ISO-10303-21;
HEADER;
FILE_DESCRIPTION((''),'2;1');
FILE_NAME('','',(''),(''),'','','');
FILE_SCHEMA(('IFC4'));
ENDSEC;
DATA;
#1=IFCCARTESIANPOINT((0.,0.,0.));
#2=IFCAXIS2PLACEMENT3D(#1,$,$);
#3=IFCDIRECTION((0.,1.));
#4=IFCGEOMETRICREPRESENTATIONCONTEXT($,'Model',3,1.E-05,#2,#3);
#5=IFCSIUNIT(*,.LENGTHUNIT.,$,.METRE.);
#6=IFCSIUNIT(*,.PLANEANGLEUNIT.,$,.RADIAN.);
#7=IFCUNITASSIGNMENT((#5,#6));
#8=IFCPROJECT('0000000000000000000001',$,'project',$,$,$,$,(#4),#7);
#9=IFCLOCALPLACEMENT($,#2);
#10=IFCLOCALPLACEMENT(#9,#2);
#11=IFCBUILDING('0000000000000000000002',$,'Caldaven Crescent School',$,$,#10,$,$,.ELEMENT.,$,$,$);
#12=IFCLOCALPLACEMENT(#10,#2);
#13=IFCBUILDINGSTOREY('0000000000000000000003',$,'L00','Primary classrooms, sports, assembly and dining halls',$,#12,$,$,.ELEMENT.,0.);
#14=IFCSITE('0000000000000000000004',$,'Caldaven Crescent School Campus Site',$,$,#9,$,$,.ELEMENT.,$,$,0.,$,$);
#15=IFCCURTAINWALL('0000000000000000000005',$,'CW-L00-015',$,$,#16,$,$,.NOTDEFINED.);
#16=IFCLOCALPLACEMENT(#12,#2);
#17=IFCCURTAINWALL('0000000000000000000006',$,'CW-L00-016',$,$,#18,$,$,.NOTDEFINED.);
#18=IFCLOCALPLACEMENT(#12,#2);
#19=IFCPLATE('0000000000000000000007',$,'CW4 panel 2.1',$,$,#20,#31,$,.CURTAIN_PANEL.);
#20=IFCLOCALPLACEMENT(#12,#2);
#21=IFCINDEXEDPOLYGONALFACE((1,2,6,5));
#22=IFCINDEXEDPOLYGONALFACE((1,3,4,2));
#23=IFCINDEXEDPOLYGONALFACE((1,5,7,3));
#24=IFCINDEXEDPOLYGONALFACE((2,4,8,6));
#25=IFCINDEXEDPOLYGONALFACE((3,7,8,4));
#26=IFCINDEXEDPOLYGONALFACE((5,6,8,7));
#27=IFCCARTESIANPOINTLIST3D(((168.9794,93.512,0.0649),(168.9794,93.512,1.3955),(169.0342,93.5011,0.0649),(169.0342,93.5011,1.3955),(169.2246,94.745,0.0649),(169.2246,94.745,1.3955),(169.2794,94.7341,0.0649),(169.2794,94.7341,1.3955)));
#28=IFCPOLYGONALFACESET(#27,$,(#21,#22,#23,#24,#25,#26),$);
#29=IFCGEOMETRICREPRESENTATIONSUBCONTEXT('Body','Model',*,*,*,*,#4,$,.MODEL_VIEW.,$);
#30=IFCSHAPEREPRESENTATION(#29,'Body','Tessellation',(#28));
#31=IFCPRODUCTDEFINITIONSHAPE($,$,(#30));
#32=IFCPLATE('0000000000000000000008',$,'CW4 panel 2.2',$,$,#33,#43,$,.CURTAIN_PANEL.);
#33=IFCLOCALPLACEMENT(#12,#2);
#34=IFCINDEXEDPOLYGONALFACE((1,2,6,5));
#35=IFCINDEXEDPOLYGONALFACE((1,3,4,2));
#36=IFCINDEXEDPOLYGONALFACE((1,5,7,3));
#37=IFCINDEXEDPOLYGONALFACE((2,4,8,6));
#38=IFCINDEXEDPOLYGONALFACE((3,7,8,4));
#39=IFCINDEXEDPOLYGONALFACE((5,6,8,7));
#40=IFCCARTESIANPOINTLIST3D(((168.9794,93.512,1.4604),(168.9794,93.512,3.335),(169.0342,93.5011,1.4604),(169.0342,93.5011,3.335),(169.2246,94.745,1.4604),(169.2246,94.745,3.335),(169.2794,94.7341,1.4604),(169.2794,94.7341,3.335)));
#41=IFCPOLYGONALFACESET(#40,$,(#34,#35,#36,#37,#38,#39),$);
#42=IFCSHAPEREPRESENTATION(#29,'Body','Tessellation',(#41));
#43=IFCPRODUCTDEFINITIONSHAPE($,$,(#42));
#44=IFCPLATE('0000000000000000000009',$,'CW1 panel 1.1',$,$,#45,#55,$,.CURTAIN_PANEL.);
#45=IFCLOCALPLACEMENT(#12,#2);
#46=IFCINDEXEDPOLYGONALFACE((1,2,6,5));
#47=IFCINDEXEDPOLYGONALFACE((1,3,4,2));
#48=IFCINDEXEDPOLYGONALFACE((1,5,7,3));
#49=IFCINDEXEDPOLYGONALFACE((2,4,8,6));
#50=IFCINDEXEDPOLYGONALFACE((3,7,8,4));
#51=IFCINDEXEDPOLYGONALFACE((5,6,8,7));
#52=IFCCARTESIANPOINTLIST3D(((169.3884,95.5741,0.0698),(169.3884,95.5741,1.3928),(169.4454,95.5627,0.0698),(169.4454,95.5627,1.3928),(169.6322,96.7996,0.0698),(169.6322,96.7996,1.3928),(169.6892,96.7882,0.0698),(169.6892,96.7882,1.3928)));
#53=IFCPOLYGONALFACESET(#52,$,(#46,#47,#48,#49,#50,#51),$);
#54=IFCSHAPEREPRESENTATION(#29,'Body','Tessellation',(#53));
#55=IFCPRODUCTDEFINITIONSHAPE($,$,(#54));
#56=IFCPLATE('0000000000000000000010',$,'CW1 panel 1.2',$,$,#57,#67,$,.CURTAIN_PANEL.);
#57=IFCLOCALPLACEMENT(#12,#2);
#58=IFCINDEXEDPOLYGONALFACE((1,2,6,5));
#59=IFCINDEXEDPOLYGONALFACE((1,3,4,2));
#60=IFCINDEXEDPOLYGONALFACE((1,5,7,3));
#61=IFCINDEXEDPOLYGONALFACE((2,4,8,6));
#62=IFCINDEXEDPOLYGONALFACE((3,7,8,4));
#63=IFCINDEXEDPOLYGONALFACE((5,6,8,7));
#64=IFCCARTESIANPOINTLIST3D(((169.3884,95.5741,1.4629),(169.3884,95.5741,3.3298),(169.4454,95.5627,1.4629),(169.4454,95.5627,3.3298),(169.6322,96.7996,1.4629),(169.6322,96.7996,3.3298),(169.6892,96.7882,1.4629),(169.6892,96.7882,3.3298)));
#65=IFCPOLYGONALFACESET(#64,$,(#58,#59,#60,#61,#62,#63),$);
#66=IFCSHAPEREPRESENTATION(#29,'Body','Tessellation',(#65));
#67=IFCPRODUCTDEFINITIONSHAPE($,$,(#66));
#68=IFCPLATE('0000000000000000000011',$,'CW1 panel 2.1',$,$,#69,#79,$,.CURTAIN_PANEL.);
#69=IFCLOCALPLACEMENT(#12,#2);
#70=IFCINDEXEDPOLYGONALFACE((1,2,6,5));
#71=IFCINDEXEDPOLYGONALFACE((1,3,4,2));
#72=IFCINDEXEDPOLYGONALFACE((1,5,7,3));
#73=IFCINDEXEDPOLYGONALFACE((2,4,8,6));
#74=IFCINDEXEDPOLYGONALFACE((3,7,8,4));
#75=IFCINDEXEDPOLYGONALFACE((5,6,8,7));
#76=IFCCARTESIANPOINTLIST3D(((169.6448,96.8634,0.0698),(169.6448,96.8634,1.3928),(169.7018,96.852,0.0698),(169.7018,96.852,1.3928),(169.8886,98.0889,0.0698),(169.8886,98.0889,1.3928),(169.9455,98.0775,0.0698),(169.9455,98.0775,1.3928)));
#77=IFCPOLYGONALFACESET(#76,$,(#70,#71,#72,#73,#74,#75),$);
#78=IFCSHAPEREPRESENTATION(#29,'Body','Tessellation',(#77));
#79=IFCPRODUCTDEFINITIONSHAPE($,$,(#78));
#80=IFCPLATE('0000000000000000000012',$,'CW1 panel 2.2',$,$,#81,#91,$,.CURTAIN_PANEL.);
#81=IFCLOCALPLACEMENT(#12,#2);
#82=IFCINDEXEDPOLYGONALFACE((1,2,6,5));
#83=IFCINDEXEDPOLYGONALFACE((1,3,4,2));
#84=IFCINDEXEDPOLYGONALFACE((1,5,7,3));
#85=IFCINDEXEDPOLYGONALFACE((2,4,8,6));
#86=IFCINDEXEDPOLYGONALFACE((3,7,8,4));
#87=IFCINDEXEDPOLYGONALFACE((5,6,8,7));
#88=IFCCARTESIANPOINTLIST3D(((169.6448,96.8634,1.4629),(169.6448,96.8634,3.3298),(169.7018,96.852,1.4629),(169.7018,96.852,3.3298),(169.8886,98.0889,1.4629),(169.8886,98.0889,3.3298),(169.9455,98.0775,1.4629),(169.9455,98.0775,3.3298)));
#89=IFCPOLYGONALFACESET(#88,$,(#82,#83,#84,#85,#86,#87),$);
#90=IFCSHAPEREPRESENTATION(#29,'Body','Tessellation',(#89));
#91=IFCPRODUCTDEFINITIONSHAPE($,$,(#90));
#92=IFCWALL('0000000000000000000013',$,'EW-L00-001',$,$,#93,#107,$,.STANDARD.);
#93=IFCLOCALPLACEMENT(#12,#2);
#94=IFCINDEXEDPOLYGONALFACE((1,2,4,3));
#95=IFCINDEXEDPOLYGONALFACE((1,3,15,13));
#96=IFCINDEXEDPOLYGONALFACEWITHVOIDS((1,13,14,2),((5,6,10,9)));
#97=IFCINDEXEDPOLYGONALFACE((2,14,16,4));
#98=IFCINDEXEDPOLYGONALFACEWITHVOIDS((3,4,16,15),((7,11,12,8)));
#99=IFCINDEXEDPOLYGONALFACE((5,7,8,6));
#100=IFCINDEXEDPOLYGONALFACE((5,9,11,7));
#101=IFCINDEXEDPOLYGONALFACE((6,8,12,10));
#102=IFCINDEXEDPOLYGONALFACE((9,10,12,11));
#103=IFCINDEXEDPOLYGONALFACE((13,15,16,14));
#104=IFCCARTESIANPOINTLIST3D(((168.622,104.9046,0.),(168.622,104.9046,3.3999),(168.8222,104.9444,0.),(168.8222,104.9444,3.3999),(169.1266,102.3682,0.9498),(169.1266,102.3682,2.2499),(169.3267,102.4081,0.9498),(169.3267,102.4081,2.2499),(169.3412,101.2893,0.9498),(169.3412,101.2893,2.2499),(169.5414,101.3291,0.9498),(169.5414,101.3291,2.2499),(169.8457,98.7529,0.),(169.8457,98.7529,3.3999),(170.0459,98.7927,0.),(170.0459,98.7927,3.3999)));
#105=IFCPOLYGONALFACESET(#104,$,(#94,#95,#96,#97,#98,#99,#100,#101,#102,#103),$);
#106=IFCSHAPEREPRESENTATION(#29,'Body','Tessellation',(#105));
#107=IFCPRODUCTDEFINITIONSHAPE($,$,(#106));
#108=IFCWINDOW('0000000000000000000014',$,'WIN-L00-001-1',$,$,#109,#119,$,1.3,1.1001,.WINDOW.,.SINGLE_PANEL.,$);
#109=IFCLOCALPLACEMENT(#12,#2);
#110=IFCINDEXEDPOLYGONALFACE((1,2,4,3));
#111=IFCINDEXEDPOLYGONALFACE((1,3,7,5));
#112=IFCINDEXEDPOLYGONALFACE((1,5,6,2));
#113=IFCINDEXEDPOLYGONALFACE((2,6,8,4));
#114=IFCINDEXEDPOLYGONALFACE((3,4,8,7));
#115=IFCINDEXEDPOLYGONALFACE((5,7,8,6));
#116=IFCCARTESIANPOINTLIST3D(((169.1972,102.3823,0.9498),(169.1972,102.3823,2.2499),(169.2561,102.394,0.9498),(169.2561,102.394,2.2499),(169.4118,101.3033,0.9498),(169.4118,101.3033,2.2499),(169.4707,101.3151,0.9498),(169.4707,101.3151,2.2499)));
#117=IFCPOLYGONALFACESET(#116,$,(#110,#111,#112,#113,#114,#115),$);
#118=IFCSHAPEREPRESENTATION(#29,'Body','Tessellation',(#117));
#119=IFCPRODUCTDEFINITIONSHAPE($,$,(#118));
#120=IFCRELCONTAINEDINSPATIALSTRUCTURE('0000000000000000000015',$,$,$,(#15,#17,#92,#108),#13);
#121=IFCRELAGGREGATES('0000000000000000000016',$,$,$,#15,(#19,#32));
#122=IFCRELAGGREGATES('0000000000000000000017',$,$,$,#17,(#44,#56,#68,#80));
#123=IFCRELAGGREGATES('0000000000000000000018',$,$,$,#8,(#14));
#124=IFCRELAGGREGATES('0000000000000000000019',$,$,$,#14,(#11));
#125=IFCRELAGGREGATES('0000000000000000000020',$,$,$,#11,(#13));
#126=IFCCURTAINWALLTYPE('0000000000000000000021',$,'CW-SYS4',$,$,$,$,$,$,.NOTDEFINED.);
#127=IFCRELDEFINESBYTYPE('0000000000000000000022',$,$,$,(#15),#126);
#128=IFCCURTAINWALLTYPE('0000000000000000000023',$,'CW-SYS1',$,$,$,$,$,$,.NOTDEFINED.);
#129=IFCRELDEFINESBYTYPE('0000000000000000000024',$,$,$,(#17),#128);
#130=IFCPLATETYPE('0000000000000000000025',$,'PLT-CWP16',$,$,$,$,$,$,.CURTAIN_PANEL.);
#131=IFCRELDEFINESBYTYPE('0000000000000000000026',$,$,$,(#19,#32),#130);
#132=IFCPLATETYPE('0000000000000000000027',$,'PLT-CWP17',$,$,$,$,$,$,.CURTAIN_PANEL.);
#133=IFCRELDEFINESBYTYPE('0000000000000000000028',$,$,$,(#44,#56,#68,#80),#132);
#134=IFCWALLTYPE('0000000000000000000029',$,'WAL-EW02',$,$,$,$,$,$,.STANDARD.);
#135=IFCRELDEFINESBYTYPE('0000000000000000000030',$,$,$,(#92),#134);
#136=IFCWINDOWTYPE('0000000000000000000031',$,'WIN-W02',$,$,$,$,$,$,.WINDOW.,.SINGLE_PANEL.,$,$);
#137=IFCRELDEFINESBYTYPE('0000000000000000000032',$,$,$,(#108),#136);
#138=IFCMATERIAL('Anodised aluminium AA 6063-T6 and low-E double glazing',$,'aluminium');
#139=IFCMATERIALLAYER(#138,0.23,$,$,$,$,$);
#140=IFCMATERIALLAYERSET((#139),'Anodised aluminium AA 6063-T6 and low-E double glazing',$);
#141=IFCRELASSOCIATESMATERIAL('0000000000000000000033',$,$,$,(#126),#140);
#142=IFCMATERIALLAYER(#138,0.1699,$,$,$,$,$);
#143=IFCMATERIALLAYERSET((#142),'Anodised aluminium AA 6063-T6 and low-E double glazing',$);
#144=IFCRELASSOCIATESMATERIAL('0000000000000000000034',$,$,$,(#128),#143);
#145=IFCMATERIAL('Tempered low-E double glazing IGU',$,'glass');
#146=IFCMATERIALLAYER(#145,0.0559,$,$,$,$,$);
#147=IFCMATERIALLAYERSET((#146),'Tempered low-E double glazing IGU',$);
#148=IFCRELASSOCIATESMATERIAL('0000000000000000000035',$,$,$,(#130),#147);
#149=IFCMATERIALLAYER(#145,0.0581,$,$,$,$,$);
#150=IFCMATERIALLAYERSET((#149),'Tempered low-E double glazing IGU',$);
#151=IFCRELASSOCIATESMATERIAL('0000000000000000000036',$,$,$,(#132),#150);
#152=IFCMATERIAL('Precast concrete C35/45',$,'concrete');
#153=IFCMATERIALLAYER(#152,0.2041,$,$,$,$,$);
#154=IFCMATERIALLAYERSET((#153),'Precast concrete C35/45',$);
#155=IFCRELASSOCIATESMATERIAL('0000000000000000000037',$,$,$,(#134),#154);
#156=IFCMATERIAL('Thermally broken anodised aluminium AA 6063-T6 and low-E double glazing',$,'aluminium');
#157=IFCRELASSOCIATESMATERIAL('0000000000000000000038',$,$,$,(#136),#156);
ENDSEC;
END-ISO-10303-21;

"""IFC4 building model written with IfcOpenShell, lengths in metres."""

from ifc_helpers import new_model, si_unit, direction, frame, frame_2d, origin, origin_2d, place, context, subcontext, project, spatial, rectangle, extrude, material, layer, layer_set, type_object, element, fill, aggregate, save


model = new_model("IFC4")

# Units and contexts
model_context = context("Model", 3, precision=1e-05, world=origin(), true_north=direction((0.0, 1.0)))
body_context = subcontext(model_context, "Body", "Model", "MODEL_VIEW")
ifc_project = project(units=[si_unit("LENGTHUNIT", "METRE"), si_unit("PLANEANGLEUNIT", "RADIAN")], contexts=[model_context])

# Site, building, storey
site_placement = place(None, origin())
site = spatial("IfcSite", under=ifc_project, at=site_placement, Name="Caldaven Crescent School Campus Site", CompositionType="ELEMENT", RefElevation=0.0)
building_placement = place(site_placement, origin())
building = spatial("IfcBuilding", under=site, at=building_placement, Name="Caldaven Crescent School", CompositionType="ELEMENT")
storey_placement = place(building_placement, origin())
storey = spatial("IfcBuildingStorey", under=building, at=storey_placement, Name="L00", Description="Primary classrooms, sports, assembly and dining halls", CompositionType="ELEMENT", Elevation=0.0)

# Curtain wall
ifc_material_1 = material(Name="Anodised aluminium AA 6063-T6 and low-E double glazing", Category="aluminium")
ifc_layer_1 = layer(ifc_material_1, 0.23)
ifc_layer_set_1 = layer_set([ifc_layer_1], Name="Anodised aluminium AA 6063-T6 and low-E double glazing")
curtain_wall_type_1 = type_object("IfcCurtainWallType", Name="CW-SYS4", PredefinedType="NOTDEFINED", material=ifc_layer_set_1)
curtain_wall_1_placement = place(storey_placement, origin())
curtain_wall_1 = element("IfcCurtainWall", 1, at=curtain_wall_1_placement, inside=storey, type_object=curtain_wall_type_1, Name="CW-L00-015", PredefinedType="NOTDEFINED")

# Curtain wall
ifc_layer_2 = layer(ifc_material_1, 0.1699)
ifc_layer_set_2 = layer_set([ifc_layer_2], Name="Anodised aluminium AA 6063-T6 and low-E double glazing")
curtain_wall_type_2 = type_object("IfcCurtainWallType", Name="CW-SYS1", PredefinedType="NOTDEFINED", material=ifc_layer_set_2)
curtain_wall_2_placement = place(storey_placement, origin())
curtain_wall_2 = element("IfcCurtainWall", 2, at=curtain_wall_2_placement, inside=storey, type_object=curtain_wall_type_2, Name="CW-L00-016", PredefinedType="NOTDEFINED")

# Plates
ifc_material_2 = material(Name="Tempered low-E double glazing IGU", Category="glass")
ifc_layer_3 = layer(ifc_material_2, 0.0559)
ifc_layer_set_3 = layer_set([ifc_layer_3], Name="Tempered low-E double glazing IGU")
plate_type_1 = type_object("IfcPlateType", Name="PLT-CWP16", PredefinedType="CURTAIN_PANEL", material=ifc_layer_set_3)
plate_1_placement = place(storey_placement, frame((169.1294, 94.123, 0.0649), z_axis=(0.0, 0.0, 1.0), x_axis=(0.19509, 0.980785, 0.0)))
plate_1 = element("IfcPlate", 3, at=plate_1_placement, type_object=plate_type_1, Name="CW4 panel 2.1", PredefinedType="CURTAIN_PANEL", context=body_context, shape_type="SweptSolid", body=[
    extrude(rectangle(XDim=1.2571, YDim=0.0559, at=origin_2d()), origin(), (0.0, 0.0, 1.0), 1.3306),
])
plate_2_placement = place(storey_placement, frame((169.1294, 94.123, 1.4604), z_axis=(0.0, 0.0, 1.0), x_axis=(0.19509, 0.980785, 0.0)))
plate_2 = element("IfcPlate", 4, at=plate_2_placement, type_object=plate_type_1, Name="CW4 panel 2.2", PredefinedType="CURTAIN_PANEL", context=body_context, shape_type="SweptSolid", body=[
    extrude(rectangle(XDim=1.2571, YDim=0.0559, at=origin_2d()), origin(), (0.0, 0.0, 1.0), 1.8745),
])
aggregate(curtain_wall_1, [plate_1, plate_2])
ifc_layer_4 = layer(ifc_material_2, 0.0581)
ifc_layer_set_4 = layer_set([ifc_layer_4], Name="Tempered low-E double glazing IGU")
plate_type_2 = type_object("IfcPlateType", Name="PLT-CWP17", PredefinedType="CURTAIN_PANEL", material=ifc_layer_set_4)
plate_3_placement = place(storey_placement, frame((169.5388, 96.1812, 0.0698), z_axis=(0.0, 0.0, 1.0), x_axis=(0.19509, 0.980785, 0.0)))
plate_3 = element("IfcPlate", 5, at=plate_3_placement, type_object=plate_type_2, Name="CW1 panel 1.1", PredefinedType="CURTAIN_PANEL", context=body_context, shape_type="SweptSolid", body=[
    extrude(rectangle(XDim=1.2495, YDim=0.0581, at=origin_2d()), origin(), (0.0, 0.0, 1.0), 1.323),
])
plate_4_placement = place(storey_placement, frame((169.5388, 96.1812, 1.4629), z_axis=(0.0, 0.0, 1.0), x_axis=(0.19509, 0.980785, 0.0)))
plate_4 = element("IfcPlate", 6, at=plate_4_placement, type_object=plate_type_2, Name="CW1 panel 1.2", PredefinedType="CURTAIN_PANEL", context=body_context, shape_type="SweptSolid", body=[
    extrude(rectangle(XDim=1.2495, YDim=0.0581, at=origin_2d()), origin(), (0.0, 0.0, 1.0), 1.8669),
])
plate_5_placement = place(storey_placement, frame((169.7952, 97.4705, 0.0698), z_axis=(0.0, 0.0, 1.0), x_axis=(0.19509, 0.980785, 0.0)))
plate_5 = element("IfcPlate", 7, at=plate_5_placement, type_object=plate_type_2, Name="CW1 panel 2.1", PredefinedType="CURTAIN_PANEL", context=body_context, shape_type="SweptSolid", body=[
    extrude(rectangle(XDim=1.2495, YDim=0.0581, at=origin_2d()), origin(), (0.0, 0.0, 1.0), 1.323),
])
plate_6_placement = place(storey_placement, frame((169.7952, 97.4705, 1.4629), z_axis=(0.0, 0.0, 1.0), x_axis=(0.19509, 0.980785, 0.0)))
plate_6 = element("IfcPlate", 8, at=plate_6_placement, type_object=plate_type_2, Name="CW1 panel 2.2", PredefinedType="CURTAIN_PANEL", context=body_context, shape_type="SweptSolid", body=[
    extrude(rectangle(XDim=1.2495, YDim=0.0581, at=origin_2d()), origin(), (0.0, 0.0, 1.0), 1.8669),
])
aggregate(curtain_wall_2, [plate_3, plate_4, plate_5, plate_6])

# Wall, opening, window
ifc_material_3 = material(Name="Precast concrete C35/45", Category="concrete")
ifc_layer_5 = layer(ifc_material_3, 0.2041)
ifc_layer_set_5 = layer_set([ifc_layer_5], Name="Precast concrete C35/45")
wall_type = type_object("IfcWallType", Name="WAL-EW02", PredefinedType="STANDARD", material=ifc_layer_set_5)
wall_placement = place(storey_placement, frame((169.9458, 98.7727, 0.0), z_axis=(0.0, 0.0, 1.0), x_axis=(-0.195091, 0.980785, 0.0)))
wall = element("IfcWall", 9, at=wall_placement, inside=storey, type_object=wall_type, Name="EW-L00-001", PredefinedType="STANDARD", context=body_context, shape_type="SweptSolid", body=[
    extrude(rectangle(XDim=6.2722, YDim=0.2041, at=frame_2d((3.1362, 0.0))), origin(), (0.0, 0.0, 1.0), 3.3999),
])
opening_placement = place(wall_placement, frame((2.5862, 0.0, 0.95)))
opening = element("IfcOpeningElement", 10, at=opening_placement, cuts=wall, PredefinedType="OPENING", context=body_context, shape_type="SweptSolid", body=[
    extrude(rectangle(XDim=1.1001, YDim=1.3, at=frame_2d((0.55, 0.6499))), frame((0.0, 0.1121, 0.0), z_axis=(0.0, -1.0, 0.0), x_axis=(1.0, 0.0, 0.0)), (0.0, 0.0, 1.0), 0.2241),
])
ifc_material_4 = material(Name="Thermally broken anodised aluminium AA 6063-T6 and low-E double glazing", Category="aluminium")
window_type = type_object("IfcWindowType", Name="WIN-W02", PartitioningType="SINGLE_PANEL", PredefinedType="WINDOW", material=ifc_material_4)
window_placement = place(opening_placement, origin())
window = element("IfcWindow", 11, at=window_placement, inside=storey, type_object=window_type, Name="WIN-L00-001-1", OverallHeight=1.3, OverallWidth=1.1001, PartitioningType="SINGLE_PANEL", PredefinedType="WINDOW", context=body_context, shape_type="SweptSolid", body=[
    extrude(rectangle(XDim=1.1001, YDim=1.3, at=frame_2d((0.55, 0.6499))), frame((0.0, 0.03, 0.0), z_axis=(0.0, -1.0, 0.0), x_axis=(1.0, 0.0, 0.0)), (0.0, 0.0, 1.0), 0.0601),
])
fill(opening, window)

save(model, "model.ifc")
